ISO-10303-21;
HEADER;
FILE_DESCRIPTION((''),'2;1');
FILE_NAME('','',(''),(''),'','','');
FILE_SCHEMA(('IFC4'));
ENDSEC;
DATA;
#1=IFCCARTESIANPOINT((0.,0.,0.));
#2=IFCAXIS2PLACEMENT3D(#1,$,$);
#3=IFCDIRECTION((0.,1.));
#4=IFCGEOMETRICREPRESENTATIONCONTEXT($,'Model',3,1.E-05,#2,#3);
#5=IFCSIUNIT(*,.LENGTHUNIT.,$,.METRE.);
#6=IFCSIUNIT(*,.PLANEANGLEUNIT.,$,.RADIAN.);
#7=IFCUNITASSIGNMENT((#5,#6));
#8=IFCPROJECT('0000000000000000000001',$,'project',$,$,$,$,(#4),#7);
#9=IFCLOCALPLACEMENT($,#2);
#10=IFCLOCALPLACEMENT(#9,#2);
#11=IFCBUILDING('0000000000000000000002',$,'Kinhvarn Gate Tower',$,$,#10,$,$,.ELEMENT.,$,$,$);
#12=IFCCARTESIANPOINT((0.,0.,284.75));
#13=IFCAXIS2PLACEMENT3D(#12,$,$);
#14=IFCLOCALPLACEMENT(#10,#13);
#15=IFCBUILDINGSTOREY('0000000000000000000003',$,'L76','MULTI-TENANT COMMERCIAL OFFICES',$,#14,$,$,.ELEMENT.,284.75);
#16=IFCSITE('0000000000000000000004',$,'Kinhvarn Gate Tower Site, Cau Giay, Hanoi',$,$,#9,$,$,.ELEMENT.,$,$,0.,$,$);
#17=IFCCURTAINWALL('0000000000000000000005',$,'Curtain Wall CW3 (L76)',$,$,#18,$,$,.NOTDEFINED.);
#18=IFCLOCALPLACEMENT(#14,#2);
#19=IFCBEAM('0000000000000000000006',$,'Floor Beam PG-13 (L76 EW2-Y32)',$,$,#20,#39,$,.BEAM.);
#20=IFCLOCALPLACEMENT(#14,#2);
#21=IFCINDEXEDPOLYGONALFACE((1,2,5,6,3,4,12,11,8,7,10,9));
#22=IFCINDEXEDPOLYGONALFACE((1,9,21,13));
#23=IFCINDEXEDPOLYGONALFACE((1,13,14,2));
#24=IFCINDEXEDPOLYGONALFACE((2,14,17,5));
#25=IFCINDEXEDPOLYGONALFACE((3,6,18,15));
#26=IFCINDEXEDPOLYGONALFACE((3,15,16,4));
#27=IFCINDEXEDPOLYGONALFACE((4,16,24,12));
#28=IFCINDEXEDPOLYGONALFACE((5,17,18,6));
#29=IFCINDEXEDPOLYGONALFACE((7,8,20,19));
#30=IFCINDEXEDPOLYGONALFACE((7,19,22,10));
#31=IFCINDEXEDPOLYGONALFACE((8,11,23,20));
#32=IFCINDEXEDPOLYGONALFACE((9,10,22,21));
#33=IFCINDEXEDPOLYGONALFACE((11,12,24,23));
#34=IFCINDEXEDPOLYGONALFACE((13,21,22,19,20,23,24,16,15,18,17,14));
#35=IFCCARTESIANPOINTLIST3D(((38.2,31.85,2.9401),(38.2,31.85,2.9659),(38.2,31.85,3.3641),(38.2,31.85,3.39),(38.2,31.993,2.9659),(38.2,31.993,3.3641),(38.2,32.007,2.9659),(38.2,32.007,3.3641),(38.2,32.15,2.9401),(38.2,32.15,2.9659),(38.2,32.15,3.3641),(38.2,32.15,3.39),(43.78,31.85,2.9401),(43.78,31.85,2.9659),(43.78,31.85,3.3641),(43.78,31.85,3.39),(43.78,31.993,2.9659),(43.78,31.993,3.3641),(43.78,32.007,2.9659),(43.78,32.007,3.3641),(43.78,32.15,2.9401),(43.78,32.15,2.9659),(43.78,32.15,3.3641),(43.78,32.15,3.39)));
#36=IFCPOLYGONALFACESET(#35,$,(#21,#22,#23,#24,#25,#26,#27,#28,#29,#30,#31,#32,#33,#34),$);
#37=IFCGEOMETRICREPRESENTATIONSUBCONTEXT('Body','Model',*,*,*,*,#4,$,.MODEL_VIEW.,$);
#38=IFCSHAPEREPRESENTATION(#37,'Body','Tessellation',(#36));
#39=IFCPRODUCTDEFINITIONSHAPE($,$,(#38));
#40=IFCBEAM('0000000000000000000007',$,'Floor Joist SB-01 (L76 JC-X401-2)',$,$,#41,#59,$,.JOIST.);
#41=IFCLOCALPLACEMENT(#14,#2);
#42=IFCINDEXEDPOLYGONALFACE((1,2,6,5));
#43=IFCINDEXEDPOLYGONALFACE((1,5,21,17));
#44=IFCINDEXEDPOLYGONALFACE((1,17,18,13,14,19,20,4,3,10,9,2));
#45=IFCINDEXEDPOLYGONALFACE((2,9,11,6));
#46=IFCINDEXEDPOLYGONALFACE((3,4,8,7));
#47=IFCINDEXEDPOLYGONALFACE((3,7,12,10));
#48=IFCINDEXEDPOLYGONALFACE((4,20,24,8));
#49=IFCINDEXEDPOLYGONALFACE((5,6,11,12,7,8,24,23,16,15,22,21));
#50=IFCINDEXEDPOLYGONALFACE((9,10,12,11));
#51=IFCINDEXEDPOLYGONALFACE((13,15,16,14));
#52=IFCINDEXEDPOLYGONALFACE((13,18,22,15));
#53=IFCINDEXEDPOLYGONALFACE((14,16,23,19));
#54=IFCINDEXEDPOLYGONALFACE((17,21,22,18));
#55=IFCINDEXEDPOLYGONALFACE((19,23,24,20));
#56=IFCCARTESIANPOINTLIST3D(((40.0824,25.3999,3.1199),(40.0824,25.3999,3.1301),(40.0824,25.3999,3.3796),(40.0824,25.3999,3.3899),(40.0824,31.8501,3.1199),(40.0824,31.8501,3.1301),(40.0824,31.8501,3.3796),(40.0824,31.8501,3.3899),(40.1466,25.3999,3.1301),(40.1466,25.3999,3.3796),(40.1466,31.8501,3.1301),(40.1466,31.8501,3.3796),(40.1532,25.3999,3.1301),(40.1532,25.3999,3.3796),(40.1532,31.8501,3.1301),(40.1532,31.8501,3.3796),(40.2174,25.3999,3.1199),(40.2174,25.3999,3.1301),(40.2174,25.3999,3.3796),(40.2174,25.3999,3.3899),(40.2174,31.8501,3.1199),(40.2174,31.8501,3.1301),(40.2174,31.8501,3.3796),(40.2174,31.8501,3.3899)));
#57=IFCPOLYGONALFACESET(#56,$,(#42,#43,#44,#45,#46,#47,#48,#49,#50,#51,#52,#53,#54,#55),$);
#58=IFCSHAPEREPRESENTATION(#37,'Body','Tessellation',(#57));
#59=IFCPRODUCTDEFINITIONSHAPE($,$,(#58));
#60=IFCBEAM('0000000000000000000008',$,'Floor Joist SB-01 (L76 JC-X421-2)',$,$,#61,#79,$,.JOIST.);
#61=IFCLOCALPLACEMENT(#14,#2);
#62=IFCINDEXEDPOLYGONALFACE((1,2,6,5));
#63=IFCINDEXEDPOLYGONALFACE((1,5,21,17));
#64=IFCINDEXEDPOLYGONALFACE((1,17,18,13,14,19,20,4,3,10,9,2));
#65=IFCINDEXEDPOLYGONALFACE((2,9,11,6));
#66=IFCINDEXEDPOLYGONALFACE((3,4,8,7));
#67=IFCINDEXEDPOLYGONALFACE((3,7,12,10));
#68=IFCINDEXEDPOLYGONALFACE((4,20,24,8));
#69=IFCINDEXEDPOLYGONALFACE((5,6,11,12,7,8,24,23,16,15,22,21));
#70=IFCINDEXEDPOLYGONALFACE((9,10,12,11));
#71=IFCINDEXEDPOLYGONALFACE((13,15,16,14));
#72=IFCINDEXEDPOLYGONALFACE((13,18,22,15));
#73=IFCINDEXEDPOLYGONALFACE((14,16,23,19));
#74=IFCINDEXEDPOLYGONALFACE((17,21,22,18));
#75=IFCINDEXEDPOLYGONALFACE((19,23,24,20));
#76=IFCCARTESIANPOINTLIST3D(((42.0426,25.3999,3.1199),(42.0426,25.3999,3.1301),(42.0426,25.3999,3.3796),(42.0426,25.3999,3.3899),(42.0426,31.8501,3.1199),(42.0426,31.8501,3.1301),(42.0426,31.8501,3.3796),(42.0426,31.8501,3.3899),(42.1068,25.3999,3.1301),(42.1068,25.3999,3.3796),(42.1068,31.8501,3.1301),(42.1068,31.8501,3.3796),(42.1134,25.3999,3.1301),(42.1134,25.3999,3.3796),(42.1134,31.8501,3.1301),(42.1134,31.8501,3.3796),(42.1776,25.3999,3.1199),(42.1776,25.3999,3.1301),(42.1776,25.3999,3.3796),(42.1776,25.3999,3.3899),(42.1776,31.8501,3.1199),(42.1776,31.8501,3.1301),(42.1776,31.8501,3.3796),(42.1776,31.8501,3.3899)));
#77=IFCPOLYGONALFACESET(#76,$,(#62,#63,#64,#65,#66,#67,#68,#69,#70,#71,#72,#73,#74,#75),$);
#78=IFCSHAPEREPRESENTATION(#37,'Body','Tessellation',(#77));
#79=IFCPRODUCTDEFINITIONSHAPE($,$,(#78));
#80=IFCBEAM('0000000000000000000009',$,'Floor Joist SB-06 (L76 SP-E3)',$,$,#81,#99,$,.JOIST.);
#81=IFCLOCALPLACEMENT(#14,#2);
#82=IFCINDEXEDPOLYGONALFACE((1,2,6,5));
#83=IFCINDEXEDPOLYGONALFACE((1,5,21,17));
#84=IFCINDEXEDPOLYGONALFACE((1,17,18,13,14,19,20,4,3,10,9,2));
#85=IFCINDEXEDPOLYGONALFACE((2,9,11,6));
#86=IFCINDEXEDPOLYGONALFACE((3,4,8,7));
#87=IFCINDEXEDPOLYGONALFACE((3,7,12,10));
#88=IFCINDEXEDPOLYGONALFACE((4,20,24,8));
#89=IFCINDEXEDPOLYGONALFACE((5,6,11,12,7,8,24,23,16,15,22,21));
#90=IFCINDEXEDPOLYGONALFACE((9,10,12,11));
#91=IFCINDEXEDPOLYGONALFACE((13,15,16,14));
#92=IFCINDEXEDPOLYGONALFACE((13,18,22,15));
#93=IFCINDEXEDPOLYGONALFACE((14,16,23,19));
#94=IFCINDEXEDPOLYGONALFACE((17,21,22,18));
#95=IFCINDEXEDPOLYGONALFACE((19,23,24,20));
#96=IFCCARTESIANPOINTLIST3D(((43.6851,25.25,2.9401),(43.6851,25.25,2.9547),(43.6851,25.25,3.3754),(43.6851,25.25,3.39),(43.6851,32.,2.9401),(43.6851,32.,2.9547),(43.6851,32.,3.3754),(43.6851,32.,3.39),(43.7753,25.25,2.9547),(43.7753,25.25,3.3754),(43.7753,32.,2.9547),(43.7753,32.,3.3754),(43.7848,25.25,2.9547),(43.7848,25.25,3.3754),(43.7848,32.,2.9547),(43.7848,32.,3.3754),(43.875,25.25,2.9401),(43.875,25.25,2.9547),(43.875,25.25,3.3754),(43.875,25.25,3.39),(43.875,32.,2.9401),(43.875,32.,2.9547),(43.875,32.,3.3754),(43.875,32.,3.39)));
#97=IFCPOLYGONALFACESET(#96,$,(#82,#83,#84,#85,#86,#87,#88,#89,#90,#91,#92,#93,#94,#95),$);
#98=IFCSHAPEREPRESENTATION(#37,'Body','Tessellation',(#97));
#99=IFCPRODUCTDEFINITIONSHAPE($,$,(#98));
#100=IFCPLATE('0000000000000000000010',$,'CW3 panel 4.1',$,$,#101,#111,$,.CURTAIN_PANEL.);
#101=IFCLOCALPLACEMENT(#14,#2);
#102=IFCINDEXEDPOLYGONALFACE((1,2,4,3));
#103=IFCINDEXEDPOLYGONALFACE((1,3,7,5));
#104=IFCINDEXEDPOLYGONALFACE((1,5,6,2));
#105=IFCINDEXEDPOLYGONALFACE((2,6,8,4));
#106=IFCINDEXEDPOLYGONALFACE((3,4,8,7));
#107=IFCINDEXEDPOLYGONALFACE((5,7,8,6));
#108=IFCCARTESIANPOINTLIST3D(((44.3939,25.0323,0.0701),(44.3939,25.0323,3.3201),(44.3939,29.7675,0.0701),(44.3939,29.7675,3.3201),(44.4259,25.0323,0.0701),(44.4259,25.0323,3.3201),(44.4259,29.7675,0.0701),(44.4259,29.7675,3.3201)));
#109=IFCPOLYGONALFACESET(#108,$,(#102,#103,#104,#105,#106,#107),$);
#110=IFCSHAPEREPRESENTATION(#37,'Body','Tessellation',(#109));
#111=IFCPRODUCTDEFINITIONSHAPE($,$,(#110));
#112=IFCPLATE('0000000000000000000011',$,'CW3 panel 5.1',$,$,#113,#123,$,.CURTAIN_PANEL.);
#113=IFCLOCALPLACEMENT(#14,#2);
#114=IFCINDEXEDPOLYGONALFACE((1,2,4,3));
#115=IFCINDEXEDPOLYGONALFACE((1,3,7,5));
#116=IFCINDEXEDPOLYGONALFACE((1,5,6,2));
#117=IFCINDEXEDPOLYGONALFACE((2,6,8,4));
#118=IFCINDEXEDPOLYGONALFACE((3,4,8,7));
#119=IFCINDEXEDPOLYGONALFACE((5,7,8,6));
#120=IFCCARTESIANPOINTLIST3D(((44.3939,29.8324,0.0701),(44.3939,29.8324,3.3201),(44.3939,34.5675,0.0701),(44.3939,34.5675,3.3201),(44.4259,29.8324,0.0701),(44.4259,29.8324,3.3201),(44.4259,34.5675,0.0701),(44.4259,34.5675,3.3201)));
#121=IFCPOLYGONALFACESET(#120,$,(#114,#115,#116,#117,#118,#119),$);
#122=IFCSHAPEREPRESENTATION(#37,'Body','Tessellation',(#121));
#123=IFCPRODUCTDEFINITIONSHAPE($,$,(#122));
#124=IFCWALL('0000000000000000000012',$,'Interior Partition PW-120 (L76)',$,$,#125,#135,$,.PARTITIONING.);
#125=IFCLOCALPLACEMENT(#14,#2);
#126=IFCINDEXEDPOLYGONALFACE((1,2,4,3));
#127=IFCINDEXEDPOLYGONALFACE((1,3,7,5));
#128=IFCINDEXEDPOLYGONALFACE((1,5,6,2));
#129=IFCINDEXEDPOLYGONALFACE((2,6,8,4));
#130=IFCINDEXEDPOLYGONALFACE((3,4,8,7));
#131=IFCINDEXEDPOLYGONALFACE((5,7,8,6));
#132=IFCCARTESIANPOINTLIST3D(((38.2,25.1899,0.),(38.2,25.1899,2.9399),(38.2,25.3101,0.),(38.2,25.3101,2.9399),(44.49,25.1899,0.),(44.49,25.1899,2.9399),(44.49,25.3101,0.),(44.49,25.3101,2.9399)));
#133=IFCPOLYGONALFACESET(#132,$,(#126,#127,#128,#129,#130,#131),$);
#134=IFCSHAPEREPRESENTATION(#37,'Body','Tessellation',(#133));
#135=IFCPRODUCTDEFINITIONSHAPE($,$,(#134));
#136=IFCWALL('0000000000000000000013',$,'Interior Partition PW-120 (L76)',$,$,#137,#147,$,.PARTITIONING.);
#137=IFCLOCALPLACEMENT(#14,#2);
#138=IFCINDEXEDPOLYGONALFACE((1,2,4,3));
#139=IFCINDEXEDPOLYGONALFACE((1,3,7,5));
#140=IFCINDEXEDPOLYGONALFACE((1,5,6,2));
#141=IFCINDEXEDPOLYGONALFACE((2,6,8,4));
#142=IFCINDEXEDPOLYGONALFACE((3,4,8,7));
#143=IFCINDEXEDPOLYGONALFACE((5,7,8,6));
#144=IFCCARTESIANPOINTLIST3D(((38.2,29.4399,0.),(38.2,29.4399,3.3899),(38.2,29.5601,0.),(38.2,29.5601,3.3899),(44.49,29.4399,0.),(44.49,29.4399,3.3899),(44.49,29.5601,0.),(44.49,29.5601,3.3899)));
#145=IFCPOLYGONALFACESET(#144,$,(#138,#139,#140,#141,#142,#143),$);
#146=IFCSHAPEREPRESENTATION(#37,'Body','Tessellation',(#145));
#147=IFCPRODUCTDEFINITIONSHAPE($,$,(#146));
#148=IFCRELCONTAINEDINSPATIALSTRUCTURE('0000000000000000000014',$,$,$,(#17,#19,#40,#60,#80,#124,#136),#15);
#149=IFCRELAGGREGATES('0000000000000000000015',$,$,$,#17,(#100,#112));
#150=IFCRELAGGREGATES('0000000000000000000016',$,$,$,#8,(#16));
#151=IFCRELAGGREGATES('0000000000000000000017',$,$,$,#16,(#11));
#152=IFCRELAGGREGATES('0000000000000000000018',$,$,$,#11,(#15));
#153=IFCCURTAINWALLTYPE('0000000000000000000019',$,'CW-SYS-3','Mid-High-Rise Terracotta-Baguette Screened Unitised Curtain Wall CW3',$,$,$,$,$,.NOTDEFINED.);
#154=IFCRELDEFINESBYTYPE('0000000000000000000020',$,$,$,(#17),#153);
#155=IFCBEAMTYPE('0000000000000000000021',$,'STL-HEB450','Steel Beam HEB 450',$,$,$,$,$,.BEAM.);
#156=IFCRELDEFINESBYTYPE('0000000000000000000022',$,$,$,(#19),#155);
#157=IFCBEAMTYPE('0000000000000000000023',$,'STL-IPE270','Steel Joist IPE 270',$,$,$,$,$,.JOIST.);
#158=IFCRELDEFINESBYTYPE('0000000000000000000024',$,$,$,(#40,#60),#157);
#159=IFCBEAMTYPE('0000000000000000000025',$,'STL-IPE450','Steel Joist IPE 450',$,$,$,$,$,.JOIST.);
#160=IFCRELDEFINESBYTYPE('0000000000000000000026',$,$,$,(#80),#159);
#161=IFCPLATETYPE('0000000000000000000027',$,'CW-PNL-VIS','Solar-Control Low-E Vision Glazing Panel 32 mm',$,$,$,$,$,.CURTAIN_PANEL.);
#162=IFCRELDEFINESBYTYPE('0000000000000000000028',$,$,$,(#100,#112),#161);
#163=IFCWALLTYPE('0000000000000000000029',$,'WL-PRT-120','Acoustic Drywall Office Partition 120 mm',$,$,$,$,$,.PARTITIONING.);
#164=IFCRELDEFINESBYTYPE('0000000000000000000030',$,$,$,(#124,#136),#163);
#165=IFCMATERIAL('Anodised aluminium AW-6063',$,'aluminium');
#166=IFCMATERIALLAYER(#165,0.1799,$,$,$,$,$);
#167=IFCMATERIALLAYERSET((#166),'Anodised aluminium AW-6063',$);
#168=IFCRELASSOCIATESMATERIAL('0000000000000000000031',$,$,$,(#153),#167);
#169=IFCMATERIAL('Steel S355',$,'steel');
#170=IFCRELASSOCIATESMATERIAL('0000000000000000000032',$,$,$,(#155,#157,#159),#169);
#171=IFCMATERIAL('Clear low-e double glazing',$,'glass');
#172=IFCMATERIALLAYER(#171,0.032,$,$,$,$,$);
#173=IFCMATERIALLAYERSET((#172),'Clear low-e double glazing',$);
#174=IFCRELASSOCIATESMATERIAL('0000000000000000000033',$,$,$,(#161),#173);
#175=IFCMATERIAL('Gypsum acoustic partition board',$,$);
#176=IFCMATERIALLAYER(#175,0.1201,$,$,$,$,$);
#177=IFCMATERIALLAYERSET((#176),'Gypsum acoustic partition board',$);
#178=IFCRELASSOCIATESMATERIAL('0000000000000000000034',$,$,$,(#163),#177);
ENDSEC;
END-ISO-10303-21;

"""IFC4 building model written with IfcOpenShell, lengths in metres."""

from ifc_helpers import new_model, si_unit, direction, frame, frame_2d, origin, origin_2d, place, context, subcontext, project, spatial, rectangle, i_section, extrude, material, layer, layer_set, material_profile, profile_set, type_object, element, aggregate, save


model = new_model("IFC4")

# Units and contexts
model_context = context("Model", 3, precision=1e-05, world=origin(), true_north=direction((0.0, 1.0)))
body_context = subcontext(model_context, "Body", "Model", "MODEL_VIEW")
ifc_project = project(units=[si_unit("LENGTHUNIT", "METRE"), si_unit("PLANEANGLEUNIT", "RADIAN")], contexts=[model_context])

# Site, building, storey
site_placement = place(None, origin())
site = spatial("IfcSite", under=ifc_project, at=site_placement, Name="Kinhvarn Gate Tower Site, Cau Giay, Hanoi", CompositionType="ELEMENT", RefElevation=0.0)
building_placement = place(site_placement, origin())
building = spatial("IfcBuilding", under=site, at=building_placement, Name="Kinhvarn Gate Tower", CompositionType="ELEMENT")
storey_placement = place(building_placement, frame((0.0, 0.0, 284.75)))
storey = spatial("IfcBuildingStorey", under=building, at=storey_placement, Name="L76", Description="MULTI-TENANT COMMERCIAL OFFICES", CompositionType="ELEMENT", Elevation=284.75)

# Curtain wall
ifc_material_1 = material(Name="Anodised aluminium AW-6063", Category="aluminium")
ifc_layer_1 = layer(ifc_material_1, 0.1799)
ifc_layer_set_1 = layer_set([ifc_layer_1], Name="Anodised aluminium AW-6063")
curtain_wall_type = type_object("IfcCurtainWallType", Name="CW-SYS-3", Description="Mid-High-Rise Terracotta-Baguette Screened Unitised Curtain Wall CW3", PredefinedType="NOTDEFINED", material=ifc_layer_set_1)
curtain_wall_placement = place(storey_placement, origin())
curtain_wall = element("IfcCurtainWall", 1, at=curtain_wall_placement, inside=storey, type_object=curtain_wall_type, Name="Curtain Wall CW3 (L76)", PredefinedType="NOTDEFINED")

# Beams
ifc_material_2 = material(Name="Steel S355", Category="steel")
ifc_material_profile_1 = material_profile(ifc_material_2, i_section(OverallWidth=0.3, OverallDepth=0.45, WebThickness=0.0139, FlangeThickness=0.0259, at=origin_2d()), Name="HEB 450")
ifc_profile_set_1 = profile_set([ifc_material_profile_1], Name="Steel S355")
beam_type_1 = type_object("IfcBeamType", Name="STL-HEB450", Description="Steel Beam HEB 450", PredefinedType="BEAM", material=ifc_profile_set_1)
for number, where, z_axis, x_axis, name in (
    (2, (38.2, 32.0, 3.165), (1.0, 0.0, 0.0), (0.0, 1.0, 0.0), "Floor Beam PG-13 (L76 EW2-Y32)"),
):
    element("IfcBeam", number, at=place(storey_placement, frame(where, z_axis=z_axis, x_axis=x_axis)), inside=storey, type_object=beam_type_1, Name=name, PredefinedType="BEAM", context=body_context, shape_type="SweptSolid", body=[
        extrude(i_section(OverallWidth=0.3, OverallDepth=0.45, WebThickness=0.0139, FlangeThickness=0.0259, at=origin_2d()), origin(), (0.0, 0.0, 1.0), 5.5801),
    ])
ifc_material_profile_2 = material_profile(ifc_material_2, i_section(OverallWidth=0.135, OverallDepth=0.27, WebThickness=0.0066, FlangeThickness=0.0103, at=origin_2d()), Name="IPE 270")
ifc_profile_set_2 = profile_set([ifc_material_profile_2], Name="Steel S355")
beam_type_2 = type_object("IfcBeamType", Name="STL-IPE270", Description="Steel Joist IPE 270", PredefinedType="JOIST", material=ifc_profile_set_2)
for number, where, z_axis, x_axis, name in (
    (3, (40.1499, 25.3999, 3.2549), (0.0, 1.0, 0.0), (-1.0, 0.0, 0.0), "Floor Joist SB-01 (L76 JC-X401-2)"),
    (4, (42.1101, 25.3999, 3.2549), (0.0, 1.0, 0.0), (-1.0, 0.0, 0.0), "Floor Joist SB-01 (L76 JC-X421-2)"),
):
    element("IfcBeam", number, at=place(storey_placement, frame(where, z_axis=z_axis, x_axis=x_axis)), inside=storey, type_object=beam_type_2, Name=name, PredefinedType="JOIST", context=body_context, shape_type="SweptSolid", body=[
        extrude(i_section(OverallWidth=0.135, OverallDepth=0.27, WebThickness=0.0066, FlangeThickness=0.0103, at=origin_2d()), origin(), (0.0, 0.0, 1.0), 6.4502),
    ])
ifc_material_profile_3 = material_profile(ifc_material_2, i_section(OverallWidth=0.1899, OverallDepth=0.45, WebThickness=0.0095, FlangeThickness=0.0146, at=origin_2d()), Name="IPE 450")
ifc_profile_set_3 = profile_set([ifc_material_profile_3], Name="Steel S355")
beam_type_3 = type_object("IfcBeamType", Name="STL-IPE450", Description="Steel Joist IPE 450", PredefinedType="JOIST", material=ifc_profile_set_3)
beam_1_placement = place(storey_placement, frame((43.78, 25.25, 3.165), z_axis=(0.0, 1.0, 0.0), x_axis=(-1.0, 0.0, 0.0)))
element("IfcBeam", 5, at=beam_1_placement, inside=storey, type_object=beam_type_3, Name="Floor Joist SB-06 (L76 SP-E3)", PredefinedType="JOIST", context=body_context, shape_type="SweptSolid", body=[
    extrude(i_section(OverallWidth=0.1899, OverallDepth=0.45, WebThickness=0.0095, FlangeThickness=0.0146, at=origin_2d()), origin(), (0.0, 0.0, 1.0), 6.75),
])

# Plates
ifc_material_3 = material(Name="Clear low-e double glazing", Category="glass")
ifc_layer_2 = layer(ifc_material_3, 0.032)
ifc_layer_set_2 = layer_set([ifc_layer_2], Name="Clear low-e double glazing")
plate_type = type_object("IfcPlateType", Name="CW-PNL-VIS", Description="Solar-Control Low-E Vision Glazing Panel 32 mm", PredefinedType="CURTAIN_PANEL", material=ifc_layer_set_2)
plate_1_placement = place(storey_placement, frame((44.4099, 27.3999, 0.0701), z_axis=(0.0, 0.0, 1.0), x_axis=(0.0, 1.0, 0.0)))
plate_1 = element("IfcPlate", 6, at=plate_1_placement, type_object=plate_type, Name="CW3 panel 4.1", PredefinedType="CURTAIN_PANEL", context=body_context, shape_type="SweptSolid", body=[
    extrude(rectangle(XDim=4.7351, YDim=0.032, at=origin_2d()), origin(), (0.0, 0.0, 1.0), 3.25),
])
plate_2_placement = place(storey_placement, frame((44.4099, 32.2, 0.0701), z_axis=(0.0, 0.0, 1.0), x_axis=(0.0, 1.0, 0.0)))
plate_2 = element("IfcPlate", 7, at=plate_2_placement, type_object=plate_type, Name="CW3 panel 5.1", PredefinedType="CURTAIN_PANEL", context=body_context, shape_type="SweptSolid", body=[
    extrude(rectangle(XDim=4.7351, YDim=0.032, at=origin_2d()), origin(), (0.0, 0.0, 1.0), 3.25),
])
aggregate(curtain_wall, [plate_1, plate_2])

# Walls
ifc_material_4 = material(Name="Gypsum acoustic partition board")
ifc_layer_3 = layer(ifc_material_4, 0.1201)
ifc_layer_set_3 = layer_set([ifc_layer_3], Name="Gypsum acoustic partition board")
wall_type_1 = type_object("IfcWallType", Name="WL-PRT-120", Description="Acoustic Drywall Office Partition 120 mm", PredefinedType="PARTITIONING", material=ifc_layer_set_3)
wall_1_placement = place(storey_placement, frame((38.2, 25.25, 0.0), z_axis=(0.0, 0.0, 1.0), x_axis=(1.0, 0.0, 0.0)))
element("IfcWall", 8, at=wall_1_placement, inside=storey, type_object=wall_type_1, Name="Interior Partition PW-120 (L76)", PredefinedType="PARTITIONING", context=body_context, shape_type="SweptSolid", body=[
    extrude(rectangle(XDim=6.29, YDim=0.1201, at=frame_2d((3.145, 0.0))), origin(), (0.0, 0.0, 1.0), 2.9399),
])
wall_2_placement = place(storey_placement, frame((38.2, 29.5, 0.0), z_axis=(0.0, 0.0, 1.0), x_axis=(1.0, 0.0, 0.0)))
element("IfcWall", 9, at=wall_2_placement, inside=storey, type_object=wall_type_1, Name="Interior Partition PW-120 (L76)", PredefinedType="PARTITIONING", context=body_context, shape_type="SweptSolid", body=[
    extrude(rectangle(XDim=6.29, YDim=0.1201, at=frame_2d((3.145, 0.0))), origin(), (0.0, 0.0, 1.0), 3.3899),
])

save(model, "model.ifc")
